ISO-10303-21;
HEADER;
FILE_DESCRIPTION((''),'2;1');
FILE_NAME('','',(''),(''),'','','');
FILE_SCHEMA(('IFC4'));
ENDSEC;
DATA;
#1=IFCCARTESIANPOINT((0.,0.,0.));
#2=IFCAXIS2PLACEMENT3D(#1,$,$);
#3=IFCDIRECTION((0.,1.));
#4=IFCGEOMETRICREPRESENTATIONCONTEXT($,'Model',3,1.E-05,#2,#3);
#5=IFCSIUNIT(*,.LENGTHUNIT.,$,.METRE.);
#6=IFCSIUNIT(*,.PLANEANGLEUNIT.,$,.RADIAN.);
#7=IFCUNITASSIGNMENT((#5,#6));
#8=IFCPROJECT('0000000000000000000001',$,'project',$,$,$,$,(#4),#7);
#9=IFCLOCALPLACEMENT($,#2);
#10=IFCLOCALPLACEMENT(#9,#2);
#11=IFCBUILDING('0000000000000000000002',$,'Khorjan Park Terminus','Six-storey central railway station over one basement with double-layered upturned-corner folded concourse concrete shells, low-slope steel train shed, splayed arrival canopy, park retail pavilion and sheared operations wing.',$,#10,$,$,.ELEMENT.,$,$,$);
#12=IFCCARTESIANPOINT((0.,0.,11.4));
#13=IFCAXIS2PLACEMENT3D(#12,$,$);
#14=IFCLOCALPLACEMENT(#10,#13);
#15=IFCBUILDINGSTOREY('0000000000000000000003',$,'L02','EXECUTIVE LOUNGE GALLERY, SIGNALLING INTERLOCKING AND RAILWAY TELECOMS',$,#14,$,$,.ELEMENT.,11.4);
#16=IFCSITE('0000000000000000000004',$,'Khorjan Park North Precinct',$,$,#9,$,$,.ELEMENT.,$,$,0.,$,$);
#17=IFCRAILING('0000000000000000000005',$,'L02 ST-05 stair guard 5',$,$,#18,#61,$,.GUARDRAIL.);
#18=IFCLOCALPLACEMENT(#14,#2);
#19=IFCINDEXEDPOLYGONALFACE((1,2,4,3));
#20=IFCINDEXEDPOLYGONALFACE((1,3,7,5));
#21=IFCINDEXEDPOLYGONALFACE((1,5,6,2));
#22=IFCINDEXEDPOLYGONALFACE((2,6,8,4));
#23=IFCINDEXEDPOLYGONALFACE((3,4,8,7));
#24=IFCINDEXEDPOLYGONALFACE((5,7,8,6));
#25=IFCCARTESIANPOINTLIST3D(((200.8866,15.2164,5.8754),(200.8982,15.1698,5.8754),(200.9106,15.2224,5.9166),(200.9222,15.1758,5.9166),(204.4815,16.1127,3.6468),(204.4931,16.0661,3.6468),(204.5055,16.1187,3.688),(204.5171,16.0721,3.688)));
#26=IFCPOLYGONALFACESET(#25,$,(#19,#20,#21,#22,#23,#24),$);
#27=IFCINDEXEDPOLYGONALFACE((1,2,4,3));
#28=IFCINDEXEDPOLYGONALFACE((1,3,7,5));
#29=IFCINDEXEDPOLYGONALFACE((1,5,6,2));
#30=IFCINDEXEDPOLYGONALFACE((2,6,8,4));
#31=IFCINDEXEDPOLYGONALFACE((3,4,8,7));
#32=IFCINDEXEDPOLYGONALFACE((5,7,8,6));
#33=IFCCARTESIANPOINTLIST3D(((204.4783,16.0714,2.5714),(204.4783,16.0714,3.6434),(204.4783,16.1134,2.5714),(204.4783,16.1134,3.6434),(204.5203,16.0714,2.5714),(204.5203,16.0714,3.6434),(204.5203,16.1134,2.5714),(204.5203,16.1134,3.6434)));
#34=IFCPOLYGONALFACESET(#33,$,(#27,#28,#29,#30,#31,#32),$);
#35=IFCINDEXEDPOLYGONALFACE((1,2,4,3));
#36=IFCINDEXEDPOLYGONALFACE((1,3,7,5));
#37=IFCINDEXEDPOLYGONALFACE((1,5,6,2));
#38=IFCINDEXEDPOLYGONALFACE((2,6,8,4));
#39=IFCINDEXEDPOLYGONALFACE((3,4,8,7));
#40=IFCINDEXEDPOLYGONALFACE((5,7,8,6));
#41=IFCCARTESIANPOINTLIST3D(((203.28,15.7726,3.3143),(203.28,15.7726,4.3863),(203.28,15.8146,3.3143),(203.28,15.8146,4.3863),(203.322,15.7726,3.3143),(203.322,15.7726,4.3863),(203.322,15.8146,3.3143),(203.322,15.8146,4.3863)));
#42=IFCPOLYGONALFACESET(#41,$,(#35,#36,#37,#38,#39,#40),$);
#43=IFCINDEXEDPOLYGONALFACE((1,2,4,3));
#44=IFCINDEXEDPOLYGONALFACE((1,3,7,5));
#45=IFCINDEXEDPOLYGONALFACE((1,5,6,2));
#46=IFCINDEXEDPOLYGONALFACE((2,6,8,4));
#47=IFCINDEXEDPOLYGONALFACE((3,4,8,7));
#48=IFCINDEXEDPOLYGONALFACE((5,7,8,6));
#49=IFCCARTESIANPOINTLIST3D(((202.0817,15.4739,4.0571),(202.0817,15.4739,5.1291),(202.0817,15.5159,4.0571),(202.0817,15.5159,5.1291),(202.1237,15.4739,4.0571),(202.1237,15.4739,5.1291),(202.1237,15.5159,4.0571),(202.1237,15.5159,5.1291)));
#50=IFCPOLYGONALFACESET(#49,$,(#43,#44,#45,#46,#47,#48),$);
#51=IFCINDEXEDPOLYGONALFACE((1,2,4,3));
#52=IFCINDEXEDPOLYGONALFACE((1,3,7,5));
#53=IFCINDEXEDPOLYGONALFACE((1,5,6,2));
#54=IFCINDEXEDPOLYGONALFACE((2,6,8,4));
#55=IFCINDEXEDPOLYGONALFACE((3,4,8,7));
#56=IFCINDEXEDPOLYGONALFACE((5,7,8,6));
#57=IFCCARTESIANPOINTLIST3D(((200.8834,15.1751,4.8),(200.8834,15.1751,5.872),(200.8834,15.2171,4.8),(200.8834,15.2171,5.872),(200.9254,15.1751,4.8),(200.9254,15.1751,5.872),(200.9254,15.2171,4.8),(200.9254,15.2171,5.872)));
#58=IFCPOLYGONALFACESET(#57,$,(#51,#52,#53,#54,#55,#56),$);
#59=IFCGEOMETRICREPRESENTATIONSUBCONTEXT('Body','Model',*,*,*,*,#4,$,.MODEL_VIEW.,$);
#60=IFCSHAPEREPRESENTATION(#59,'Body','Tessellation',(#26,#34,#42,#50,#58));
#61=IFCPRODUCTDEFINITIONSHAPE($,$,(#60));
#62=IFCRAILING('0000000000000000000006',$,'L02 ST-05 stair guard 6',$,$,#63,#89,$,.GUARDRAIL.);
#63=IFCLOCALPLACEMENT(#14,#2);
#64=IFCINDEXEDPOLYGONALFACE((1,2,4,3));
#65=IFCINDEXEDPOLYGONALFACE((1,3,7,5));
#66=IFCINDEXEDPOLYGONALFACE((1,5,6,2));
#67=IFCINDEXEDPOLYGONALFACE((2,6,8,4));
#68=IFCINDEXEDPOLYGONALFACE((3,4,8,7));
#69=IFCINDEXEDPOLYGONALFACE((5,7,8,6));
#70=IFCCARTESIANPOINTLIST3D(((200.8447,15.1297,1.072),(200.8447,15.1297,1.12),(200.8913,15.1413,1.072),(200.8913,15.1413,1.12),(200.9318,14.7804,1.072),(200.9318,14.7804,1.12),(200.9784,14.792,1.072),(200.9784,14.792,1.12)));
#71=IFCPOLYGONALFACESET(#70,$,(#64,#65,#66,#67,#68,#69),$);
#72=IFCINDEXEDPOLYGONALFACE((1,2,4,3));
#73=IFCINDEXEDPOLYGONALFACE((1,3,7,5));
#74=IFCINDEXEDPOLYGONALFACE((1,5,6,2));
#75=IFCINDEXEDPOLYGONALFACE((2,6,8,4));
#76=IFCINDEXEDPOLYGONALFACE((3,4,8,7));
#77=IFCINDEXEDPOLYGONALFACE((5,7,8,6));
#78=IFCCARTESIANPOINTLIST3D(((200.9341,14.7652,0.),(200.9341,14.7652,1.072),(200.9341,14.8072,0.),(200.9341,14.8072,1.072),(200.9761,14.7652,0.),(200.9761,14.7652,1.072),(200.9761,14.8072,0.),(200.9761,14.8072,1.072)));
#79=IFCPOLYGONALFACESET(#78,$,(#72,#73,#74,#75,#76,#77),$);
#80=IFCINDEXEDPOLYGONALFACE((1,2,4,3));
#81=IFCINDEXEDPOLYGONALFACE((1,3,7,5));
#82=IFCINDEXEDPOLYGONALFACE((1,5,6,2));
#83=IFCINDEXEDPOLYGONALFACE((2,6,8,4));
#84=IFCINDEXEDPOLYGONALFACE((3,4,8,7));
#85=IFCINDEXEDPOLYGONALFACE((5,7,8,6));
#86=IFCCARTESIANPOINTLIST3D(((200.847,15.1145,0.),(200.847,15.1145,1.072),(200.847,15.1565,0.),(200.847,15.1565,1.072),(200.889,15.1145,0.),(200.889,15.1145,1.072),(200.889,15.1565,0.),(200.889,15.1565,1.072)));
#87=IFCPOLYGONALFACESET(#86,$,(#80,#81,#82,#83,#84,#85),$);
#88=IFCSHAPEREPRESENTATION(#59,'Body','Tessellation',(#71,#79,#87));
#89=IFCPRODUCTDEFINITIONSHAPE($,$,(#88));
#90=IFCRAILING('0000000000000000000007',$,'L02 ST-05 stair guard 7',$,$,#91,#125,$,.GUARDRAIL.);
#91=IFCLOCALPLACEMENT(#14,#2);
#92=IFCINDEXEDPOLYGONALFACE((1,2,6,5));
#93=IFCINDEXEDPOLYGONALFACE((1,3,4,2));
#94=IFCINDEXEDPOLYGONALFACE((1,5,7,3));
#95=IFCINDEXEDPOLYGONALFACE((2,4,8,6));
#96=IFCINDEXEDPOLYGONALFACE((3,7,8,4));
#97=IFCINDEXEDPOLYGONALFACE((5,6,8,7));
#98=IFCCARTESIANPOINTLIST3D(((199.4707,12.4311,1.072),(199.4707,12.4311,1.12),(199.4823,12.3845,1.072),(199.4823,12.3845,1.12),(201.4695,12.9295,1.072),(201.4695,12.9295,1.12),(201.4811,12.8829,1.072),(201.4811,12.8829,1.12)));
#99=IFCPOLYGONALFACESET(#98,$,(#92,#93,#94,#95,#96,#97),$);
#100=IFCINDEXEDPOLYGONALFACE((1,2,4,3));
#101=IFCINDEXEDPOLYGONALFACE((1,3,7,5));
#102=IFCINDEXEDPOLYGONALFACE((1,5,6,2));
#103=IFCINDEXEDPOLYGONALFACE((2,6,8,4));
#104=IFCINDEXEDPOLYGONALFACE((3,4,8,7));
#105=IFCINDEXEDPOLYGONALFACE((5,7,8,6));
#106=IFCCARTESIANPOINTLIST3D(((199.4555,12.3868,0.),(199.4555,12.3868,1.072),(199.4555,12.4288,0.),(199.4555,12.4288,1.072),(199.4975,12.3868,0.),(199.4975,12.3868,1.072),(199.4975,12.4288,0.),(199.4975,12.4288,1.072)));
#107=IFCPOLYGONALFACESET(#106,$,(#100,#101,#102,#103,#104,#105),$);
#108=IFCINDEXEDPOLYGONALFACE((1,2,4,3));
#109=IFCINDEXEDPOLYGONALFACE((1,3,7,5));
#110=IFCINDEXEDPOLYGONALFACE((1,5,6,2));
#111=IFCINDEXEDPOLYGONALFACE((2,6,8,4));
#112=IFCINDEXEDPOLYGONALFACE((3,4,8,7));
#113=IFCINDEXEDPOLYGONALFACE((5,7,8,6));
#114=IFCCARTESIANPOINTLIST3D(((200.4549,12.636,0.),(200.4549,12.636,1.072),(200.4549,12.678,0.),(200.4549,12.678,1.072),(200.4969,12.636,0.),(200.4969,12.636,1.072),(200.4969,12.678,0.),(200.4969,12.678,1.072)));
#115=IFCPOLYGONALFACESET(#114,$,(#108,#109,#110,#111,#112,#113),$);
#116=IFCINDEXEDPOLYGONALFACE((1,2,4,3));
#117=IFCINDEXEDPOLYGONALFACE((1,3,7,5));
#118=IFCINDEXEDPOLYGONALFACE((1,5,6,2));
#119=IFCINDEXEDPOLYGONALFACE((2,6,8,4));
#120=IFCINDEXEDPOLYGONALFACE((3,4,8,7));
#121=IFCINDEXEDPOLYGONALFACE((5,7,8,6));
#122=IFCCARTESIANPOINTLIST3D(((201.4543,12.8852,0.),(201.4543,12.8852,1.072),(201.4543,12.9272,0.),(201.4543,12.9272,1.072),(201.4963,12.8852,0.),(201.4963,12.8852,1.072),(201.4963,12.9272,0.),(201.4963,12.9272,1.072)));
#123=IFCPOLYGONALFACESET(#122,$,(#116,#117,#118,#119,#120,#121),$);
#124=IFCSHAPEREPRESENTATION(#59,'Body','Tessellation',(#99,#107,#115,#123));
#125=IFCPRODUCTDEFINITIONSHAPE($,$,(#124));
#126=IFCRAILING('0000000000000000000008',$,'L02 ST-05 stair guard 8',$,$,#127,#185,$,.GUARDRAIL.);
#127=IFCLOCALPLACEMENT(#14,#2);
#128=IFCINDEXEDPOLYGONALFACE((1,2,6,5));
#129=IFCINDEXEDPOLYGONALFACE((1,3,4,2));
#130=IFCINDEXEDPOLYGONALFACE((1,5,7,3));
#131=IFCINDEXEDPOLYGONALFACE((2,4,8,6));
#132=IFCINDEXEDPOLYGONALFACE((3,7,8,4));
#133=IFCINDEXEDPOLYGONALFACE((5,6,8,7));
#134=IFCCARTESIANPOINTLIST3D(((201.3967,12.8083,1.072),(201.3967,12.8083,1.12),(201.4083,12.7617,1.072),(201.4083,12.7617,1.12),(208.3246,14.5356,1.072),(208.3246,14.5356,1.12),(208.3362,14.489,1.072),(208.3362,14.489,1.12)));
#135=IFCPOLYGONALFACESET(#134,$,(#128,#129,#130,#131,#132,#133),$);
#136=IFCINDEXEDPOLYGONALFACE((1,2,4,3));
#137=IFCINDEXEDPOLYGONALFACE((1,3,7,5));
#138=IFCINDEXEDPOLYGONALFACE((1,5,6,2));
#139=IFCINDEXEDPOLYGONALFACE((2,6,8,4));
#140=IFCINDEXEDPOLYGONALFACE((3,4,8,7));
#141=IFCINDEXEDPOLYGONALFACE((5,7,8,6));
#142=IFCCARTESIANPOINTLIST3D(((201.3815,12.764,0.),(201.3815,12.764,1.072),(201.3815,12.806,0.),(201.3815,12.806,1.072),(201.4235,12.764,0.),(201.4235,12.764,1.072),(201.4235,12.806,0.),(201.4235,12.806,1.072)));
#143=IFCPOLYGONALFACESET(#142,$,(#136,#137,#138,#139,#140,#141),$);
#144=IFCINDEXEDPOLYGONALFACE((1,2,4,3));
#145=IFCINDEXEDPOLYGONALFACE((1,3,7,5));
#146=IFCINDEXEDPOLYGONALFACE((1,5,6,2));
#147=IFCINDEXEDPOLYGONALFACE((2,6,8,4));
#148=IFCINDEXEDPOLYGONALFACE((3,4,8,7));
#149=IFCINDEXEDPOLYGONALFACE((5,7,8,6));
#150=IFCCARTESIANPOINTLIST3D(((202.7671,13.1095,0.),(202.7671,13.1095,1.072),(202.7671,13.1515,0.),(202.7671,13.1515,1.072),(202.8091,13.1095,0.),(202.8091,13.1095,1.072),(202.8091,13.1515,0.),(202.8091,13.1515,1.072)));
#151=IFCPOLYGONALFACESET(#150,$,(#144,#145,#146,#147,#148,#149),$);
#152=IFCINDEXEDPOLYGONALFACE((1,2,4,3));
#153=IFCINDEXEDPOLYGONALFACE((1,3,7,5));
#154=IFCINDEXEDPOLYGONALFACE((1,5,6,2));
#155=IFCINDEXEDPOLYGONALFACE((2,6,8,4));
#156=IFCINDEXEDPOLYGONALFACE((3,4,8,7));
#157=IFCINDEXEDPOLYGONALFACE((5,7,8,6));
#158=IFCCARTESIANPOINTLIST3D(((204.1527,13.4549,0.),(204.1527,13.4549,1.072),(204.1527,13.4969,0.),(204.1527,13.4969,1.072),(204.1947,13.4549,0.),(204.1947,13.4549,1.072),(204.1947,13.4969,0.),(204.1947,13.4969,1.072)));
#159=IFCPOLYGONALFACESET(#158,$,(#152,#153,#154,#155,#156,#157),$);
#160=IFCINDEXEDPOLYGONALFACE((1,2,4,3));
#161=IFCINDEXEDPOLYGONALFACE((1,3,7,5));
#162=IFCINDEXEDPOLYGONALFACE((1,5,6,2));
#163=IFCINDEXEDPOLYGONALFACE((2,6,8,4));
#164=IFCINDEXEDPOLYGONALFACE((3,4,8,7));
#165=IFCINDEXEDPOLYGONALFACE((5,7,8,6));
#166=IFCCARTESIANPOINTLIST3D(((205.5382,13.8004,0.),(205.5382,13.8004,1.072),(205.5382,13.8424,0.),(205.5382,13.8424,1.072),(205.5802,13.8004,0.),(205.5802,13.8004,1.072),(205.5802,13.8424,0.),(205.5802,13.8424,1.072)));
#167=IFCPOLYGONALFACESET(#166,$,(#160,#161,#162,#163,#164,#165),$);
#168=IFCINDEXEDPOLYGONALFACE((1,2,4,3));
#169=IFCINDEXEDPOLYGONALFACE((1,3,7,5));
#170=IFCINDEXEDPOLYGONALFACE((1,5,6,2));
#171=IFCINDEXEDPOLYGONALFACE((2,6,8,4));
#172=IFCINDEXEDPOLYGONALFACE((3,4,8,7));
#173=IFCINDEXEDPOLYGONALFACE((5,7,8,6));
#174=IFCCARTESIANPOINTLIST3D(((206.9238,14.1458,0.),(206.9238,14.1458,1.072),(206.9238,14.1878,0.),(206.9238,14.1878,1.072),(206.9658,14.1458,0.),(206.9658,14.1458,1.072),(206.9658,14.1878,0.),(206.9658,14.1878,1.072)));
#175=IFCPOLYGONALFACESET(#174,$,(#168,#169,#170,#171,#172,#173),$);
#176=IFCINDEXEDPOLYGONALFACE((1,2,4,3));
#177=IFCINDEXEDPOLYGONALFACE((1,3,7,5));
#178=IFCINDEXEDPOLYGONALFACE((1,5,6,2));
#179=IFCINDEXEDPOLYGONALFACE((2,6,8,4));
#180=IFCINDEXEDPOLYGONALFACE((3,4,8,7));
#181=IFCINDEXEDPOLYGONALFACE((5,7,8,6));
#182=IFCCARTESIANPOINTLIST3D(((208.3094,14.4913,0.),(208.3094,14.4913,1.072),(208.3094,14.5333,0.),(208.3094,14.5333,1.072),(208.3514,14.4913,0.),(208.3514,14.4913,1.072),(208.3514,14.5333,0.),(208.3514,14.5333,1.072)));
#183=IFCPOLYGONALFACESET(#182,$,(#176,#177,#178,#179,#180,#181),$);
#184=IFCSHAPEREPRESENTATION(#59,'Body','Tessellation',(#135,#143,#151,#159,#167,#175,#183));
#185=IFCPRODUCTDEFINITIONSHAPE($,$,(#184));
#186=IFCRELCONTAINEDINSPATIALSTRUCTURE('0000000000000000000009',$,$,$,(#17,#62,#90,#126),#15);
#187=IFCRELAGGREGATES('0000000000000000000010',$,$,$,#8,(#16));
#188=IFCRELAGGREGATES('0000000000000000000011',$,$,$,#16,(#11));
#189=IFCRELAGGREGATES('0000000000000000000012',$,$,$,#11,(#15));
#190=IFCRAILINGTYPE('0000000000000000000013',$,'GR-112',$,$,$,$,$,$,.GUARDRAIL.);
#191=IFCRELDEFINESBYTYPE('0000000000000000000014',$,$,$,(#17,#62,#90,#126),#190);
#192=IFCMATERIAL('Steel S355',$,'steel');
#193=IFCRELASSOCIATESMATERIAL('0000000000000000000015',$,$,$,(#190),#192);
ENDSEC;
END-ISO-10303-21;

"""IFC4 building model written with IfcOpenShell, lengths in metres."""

from ifc_helpers import new_model, si_unit, direction, frame, origin, origin_2d, place, context, subcontext, project, spatial, rectangle, extrude, material, type_object, element, save


model = new_model("IFC4")

# Units and contexts
model_context = context("Model", 3, precision=1e-05, world=origin(), true_north=direction((0.0, 1.0)))
body_context = subcontext(model_context, "Body", "Model", "MODEL_VIEW")
ifc_project = project(units=[si_unit("LENGTHUNIT", "METRE"), si_unit("PLANEANGLEUNIT", "RADIAN")], contexts=[model_context])

# Site, building, storey
site_placement = place(None, origin())
site = spatial("IfcSite", under=ifc_project, at=site_placement, Name="Khorjan Park North Precinct", CompositionType="ELEMENT", RefElevation=0.0)
building_placement = place(site_placement, origin())
building = spatial("IfcBuilding", under=site, at=building_placement, Name="Khorjan Park Terminus", Description="Six-storey central railway station over one basement with double-layered upturned-corner folded concourse concrete shells, low-slope steel train shed, splayed arrival canopy, park retail pavilion and sheared operations wing.", CompositionType="ELEMENT")
storey_placement = place(building_placement, frame((0.0, 0.0, 11.4)))
storey = spatial("IfcBuildingStorey", under=building, at=storey_placement, Name="L02", Description="EXECUTIVE LOUNGE GALLERY, SIGNALLING INTERLOCKING AND RAILWAY TELECOMS", CompositionType="ELEMENT", Elevation=11.4)

# Railings
ifc_material_1 = material(Name="Steel S355", Category="steel")
railing_type_1 = type_object("IfcRailingType", Name="GR-112", PredefinedType="GUARDRAIL", material=ifc_material_1)
railing_1_placement = place(storey_placement, frame((204.4993, 16.0924, 2.5714)))
element("IfcRailing", 1, at=railing_1_placement, inside=storey, type_object=railing_type_1, Name="L02 ST-05 stair guard 5", PredefinedType="GUARDRAIL", context=body_context, shape_type="SweptSolid", body=[
    extrude(rectangle(XDim=0.048, YDim=0.048, at=origin_2d()), frame((0.0, 0.0, 1.096), z_axis=(-0.831464, -0.207305, 0.515453), x_axis=(0.24192, -0.970296, 0.0)), (0.0, 0.0, 1.0), 4.3236),
    extrude(rectangle(XDim=0.042, YDim=0.042, at=origin_2d()), origin(), (0.0, 0.0, 1.0), 1.072),
    extrude(rectangle(XDim=0.042, YDim=0.042, at=origin_2d()), frame((-1.1983, -0.2988, 0.7429)), (0.0, 0.0, 1.0), 1.072),
    extrude(rectangle(XDim=0.042, YDim=0.042, at=origin_2d()), frame((-2.3966, -0.5975, 1.4857)), (0.0, 0.0, 1.0), 1.072),
    extrude(rectangle(XDim=0.042, YDim=0.042, at=origin_2d()), frame((-3.5949, -0.8963, 2.2286)), (0.0, 0.0, 1.0), 1.072),
])
railing_2_placement = place(storey_placement, frame((200.9551, 14.7862, 0.0)))
element("IfcRailing", 2, at=railing_2_placement, inside=storey, type_object=railing_type_1, Name="L02 ST-05 stair guard 6", PredefinedType="GUARDRAIL", context=body_context, shape_type="SweptSolid", body=[
    extrude(rectangle(XDim=0.048, YDim=0.048, at=origin_2d()), frame((0.0, 0.0, 1.096), z_axis=(-0.241947, 0.970289, 0.0), x_axis=(-0.970289, -0.241947, 0.0)), (0.0, 0.0, 1.0), 0.36),
    extrude(rectangle(XDim=0.042, YDim=0.042, at=origin_2d()), origin(), (0.0, 0.0, 1.0), 1.072),
    extrude(rectangle(XDim=0.042, YDim=0.042, at=origin_2d()), frame((-0.0871, 0.3493, 0.0)), (0.0, 0.0, 1.0), 1.072),
])
railing_3_placement = place(storey_placement, frame((199.4765, 12.4078, 0.0)))
element("IfcRailing", 3, at=railing_3_placement, inside=storey, type_object=railing_type_1, Name="L02 ST-05 stair guard 7", PredefinedType="GUARDRAIL", context=body_context, shape_type="SweptSolid", body=[
    extrude(rectangle(XDim=0.048, YDim=0.048, at=origin_2d()), frame((0.0, 0.0, 1.096), z_axis=(0.970291, 0.241942, 0.0), x_axis=(-0.241942, 0.970291, 0.0)), (0.0, 0.0, 1.0), 2.06),
    extrude(rectangle(XDim=0.042, YDim=0.042, at=origin_2d()), origin(), (0.0, 0.0, 1.0), 1.072),
    extrude(rectangle(XDim=0.042, YDim=0.042, at=origin_2d()), frame((0.9994, 0.2492, 0.0)), (0.0, 0.0, 1.0), 1.072),
    extrude(rectangle(XDim=0.042, YDim=0.042, at=origin_2d()), frame((1.9988, 0.4984, 0.0)), (0.0, 0.0, 1.0), 1.072),
])
railing_4_placement = place(storey_placement, frame((201.4025, 12.785, 0.0)))
element("IfcRailing", 4, at=railing_4_placement, inside=storey, type_object=railing_type_1, Name="L02 ST-05 stair guard 8", PredefinedType="GUARDRAIL", context=body_context, shape_type="SweptSolid", body=[
    extrude(rectangle(XDim=0.048, YDim=0.048, at=origin_2d()), frame((0.0, 0.0, 1.096), z_axis=(0.970296, 0.241919, 0.0), x_axis=(-0.241919, 0.970296, 0.0)), (0.0, 0.0, 1.0), 7.14),
    extrude(rectangle(XDim=0.042, YDim=0.042, at=origin_2d()), origin(), (0.0, 0.0, 1.0), 1.072),
    extrude(rectangle(XDim=0.042, YDim=0.042, at=origin_2d()), frame((1.3856, 0.3455, 0.0)), (0.0, 0.0, 1.0), 1.072),
    extrude(rectangle(XDim=0.042, YDim=0.042, at=origin_2d()), frame((2.7712, 0.6909, 0.0)), (0.0, 0.0, 1.0), 1.072),
    extrude(rectangle(XDim=0.042, YDim=0.042, at=origin_2d()), frame((4.1567, 1.0364, 0.0)), (0.0, 0.0, 1.0), 1.072),
    extrude(rectangle(XDim=0.042, YDim=0.042, at=origin_2d()), frame((5.5423, 1.3818, 0.0)), (0.0, 0.0, 1.0), 1.072),
    extrude(rectangle(XDim=0.042, YDim=0.042, at=origin_2d()), frame((6.9279, 1.7273, 0.0)), (0.0, 0.0, 1.0), 1.072),
])

save(model, "model.ifc")
